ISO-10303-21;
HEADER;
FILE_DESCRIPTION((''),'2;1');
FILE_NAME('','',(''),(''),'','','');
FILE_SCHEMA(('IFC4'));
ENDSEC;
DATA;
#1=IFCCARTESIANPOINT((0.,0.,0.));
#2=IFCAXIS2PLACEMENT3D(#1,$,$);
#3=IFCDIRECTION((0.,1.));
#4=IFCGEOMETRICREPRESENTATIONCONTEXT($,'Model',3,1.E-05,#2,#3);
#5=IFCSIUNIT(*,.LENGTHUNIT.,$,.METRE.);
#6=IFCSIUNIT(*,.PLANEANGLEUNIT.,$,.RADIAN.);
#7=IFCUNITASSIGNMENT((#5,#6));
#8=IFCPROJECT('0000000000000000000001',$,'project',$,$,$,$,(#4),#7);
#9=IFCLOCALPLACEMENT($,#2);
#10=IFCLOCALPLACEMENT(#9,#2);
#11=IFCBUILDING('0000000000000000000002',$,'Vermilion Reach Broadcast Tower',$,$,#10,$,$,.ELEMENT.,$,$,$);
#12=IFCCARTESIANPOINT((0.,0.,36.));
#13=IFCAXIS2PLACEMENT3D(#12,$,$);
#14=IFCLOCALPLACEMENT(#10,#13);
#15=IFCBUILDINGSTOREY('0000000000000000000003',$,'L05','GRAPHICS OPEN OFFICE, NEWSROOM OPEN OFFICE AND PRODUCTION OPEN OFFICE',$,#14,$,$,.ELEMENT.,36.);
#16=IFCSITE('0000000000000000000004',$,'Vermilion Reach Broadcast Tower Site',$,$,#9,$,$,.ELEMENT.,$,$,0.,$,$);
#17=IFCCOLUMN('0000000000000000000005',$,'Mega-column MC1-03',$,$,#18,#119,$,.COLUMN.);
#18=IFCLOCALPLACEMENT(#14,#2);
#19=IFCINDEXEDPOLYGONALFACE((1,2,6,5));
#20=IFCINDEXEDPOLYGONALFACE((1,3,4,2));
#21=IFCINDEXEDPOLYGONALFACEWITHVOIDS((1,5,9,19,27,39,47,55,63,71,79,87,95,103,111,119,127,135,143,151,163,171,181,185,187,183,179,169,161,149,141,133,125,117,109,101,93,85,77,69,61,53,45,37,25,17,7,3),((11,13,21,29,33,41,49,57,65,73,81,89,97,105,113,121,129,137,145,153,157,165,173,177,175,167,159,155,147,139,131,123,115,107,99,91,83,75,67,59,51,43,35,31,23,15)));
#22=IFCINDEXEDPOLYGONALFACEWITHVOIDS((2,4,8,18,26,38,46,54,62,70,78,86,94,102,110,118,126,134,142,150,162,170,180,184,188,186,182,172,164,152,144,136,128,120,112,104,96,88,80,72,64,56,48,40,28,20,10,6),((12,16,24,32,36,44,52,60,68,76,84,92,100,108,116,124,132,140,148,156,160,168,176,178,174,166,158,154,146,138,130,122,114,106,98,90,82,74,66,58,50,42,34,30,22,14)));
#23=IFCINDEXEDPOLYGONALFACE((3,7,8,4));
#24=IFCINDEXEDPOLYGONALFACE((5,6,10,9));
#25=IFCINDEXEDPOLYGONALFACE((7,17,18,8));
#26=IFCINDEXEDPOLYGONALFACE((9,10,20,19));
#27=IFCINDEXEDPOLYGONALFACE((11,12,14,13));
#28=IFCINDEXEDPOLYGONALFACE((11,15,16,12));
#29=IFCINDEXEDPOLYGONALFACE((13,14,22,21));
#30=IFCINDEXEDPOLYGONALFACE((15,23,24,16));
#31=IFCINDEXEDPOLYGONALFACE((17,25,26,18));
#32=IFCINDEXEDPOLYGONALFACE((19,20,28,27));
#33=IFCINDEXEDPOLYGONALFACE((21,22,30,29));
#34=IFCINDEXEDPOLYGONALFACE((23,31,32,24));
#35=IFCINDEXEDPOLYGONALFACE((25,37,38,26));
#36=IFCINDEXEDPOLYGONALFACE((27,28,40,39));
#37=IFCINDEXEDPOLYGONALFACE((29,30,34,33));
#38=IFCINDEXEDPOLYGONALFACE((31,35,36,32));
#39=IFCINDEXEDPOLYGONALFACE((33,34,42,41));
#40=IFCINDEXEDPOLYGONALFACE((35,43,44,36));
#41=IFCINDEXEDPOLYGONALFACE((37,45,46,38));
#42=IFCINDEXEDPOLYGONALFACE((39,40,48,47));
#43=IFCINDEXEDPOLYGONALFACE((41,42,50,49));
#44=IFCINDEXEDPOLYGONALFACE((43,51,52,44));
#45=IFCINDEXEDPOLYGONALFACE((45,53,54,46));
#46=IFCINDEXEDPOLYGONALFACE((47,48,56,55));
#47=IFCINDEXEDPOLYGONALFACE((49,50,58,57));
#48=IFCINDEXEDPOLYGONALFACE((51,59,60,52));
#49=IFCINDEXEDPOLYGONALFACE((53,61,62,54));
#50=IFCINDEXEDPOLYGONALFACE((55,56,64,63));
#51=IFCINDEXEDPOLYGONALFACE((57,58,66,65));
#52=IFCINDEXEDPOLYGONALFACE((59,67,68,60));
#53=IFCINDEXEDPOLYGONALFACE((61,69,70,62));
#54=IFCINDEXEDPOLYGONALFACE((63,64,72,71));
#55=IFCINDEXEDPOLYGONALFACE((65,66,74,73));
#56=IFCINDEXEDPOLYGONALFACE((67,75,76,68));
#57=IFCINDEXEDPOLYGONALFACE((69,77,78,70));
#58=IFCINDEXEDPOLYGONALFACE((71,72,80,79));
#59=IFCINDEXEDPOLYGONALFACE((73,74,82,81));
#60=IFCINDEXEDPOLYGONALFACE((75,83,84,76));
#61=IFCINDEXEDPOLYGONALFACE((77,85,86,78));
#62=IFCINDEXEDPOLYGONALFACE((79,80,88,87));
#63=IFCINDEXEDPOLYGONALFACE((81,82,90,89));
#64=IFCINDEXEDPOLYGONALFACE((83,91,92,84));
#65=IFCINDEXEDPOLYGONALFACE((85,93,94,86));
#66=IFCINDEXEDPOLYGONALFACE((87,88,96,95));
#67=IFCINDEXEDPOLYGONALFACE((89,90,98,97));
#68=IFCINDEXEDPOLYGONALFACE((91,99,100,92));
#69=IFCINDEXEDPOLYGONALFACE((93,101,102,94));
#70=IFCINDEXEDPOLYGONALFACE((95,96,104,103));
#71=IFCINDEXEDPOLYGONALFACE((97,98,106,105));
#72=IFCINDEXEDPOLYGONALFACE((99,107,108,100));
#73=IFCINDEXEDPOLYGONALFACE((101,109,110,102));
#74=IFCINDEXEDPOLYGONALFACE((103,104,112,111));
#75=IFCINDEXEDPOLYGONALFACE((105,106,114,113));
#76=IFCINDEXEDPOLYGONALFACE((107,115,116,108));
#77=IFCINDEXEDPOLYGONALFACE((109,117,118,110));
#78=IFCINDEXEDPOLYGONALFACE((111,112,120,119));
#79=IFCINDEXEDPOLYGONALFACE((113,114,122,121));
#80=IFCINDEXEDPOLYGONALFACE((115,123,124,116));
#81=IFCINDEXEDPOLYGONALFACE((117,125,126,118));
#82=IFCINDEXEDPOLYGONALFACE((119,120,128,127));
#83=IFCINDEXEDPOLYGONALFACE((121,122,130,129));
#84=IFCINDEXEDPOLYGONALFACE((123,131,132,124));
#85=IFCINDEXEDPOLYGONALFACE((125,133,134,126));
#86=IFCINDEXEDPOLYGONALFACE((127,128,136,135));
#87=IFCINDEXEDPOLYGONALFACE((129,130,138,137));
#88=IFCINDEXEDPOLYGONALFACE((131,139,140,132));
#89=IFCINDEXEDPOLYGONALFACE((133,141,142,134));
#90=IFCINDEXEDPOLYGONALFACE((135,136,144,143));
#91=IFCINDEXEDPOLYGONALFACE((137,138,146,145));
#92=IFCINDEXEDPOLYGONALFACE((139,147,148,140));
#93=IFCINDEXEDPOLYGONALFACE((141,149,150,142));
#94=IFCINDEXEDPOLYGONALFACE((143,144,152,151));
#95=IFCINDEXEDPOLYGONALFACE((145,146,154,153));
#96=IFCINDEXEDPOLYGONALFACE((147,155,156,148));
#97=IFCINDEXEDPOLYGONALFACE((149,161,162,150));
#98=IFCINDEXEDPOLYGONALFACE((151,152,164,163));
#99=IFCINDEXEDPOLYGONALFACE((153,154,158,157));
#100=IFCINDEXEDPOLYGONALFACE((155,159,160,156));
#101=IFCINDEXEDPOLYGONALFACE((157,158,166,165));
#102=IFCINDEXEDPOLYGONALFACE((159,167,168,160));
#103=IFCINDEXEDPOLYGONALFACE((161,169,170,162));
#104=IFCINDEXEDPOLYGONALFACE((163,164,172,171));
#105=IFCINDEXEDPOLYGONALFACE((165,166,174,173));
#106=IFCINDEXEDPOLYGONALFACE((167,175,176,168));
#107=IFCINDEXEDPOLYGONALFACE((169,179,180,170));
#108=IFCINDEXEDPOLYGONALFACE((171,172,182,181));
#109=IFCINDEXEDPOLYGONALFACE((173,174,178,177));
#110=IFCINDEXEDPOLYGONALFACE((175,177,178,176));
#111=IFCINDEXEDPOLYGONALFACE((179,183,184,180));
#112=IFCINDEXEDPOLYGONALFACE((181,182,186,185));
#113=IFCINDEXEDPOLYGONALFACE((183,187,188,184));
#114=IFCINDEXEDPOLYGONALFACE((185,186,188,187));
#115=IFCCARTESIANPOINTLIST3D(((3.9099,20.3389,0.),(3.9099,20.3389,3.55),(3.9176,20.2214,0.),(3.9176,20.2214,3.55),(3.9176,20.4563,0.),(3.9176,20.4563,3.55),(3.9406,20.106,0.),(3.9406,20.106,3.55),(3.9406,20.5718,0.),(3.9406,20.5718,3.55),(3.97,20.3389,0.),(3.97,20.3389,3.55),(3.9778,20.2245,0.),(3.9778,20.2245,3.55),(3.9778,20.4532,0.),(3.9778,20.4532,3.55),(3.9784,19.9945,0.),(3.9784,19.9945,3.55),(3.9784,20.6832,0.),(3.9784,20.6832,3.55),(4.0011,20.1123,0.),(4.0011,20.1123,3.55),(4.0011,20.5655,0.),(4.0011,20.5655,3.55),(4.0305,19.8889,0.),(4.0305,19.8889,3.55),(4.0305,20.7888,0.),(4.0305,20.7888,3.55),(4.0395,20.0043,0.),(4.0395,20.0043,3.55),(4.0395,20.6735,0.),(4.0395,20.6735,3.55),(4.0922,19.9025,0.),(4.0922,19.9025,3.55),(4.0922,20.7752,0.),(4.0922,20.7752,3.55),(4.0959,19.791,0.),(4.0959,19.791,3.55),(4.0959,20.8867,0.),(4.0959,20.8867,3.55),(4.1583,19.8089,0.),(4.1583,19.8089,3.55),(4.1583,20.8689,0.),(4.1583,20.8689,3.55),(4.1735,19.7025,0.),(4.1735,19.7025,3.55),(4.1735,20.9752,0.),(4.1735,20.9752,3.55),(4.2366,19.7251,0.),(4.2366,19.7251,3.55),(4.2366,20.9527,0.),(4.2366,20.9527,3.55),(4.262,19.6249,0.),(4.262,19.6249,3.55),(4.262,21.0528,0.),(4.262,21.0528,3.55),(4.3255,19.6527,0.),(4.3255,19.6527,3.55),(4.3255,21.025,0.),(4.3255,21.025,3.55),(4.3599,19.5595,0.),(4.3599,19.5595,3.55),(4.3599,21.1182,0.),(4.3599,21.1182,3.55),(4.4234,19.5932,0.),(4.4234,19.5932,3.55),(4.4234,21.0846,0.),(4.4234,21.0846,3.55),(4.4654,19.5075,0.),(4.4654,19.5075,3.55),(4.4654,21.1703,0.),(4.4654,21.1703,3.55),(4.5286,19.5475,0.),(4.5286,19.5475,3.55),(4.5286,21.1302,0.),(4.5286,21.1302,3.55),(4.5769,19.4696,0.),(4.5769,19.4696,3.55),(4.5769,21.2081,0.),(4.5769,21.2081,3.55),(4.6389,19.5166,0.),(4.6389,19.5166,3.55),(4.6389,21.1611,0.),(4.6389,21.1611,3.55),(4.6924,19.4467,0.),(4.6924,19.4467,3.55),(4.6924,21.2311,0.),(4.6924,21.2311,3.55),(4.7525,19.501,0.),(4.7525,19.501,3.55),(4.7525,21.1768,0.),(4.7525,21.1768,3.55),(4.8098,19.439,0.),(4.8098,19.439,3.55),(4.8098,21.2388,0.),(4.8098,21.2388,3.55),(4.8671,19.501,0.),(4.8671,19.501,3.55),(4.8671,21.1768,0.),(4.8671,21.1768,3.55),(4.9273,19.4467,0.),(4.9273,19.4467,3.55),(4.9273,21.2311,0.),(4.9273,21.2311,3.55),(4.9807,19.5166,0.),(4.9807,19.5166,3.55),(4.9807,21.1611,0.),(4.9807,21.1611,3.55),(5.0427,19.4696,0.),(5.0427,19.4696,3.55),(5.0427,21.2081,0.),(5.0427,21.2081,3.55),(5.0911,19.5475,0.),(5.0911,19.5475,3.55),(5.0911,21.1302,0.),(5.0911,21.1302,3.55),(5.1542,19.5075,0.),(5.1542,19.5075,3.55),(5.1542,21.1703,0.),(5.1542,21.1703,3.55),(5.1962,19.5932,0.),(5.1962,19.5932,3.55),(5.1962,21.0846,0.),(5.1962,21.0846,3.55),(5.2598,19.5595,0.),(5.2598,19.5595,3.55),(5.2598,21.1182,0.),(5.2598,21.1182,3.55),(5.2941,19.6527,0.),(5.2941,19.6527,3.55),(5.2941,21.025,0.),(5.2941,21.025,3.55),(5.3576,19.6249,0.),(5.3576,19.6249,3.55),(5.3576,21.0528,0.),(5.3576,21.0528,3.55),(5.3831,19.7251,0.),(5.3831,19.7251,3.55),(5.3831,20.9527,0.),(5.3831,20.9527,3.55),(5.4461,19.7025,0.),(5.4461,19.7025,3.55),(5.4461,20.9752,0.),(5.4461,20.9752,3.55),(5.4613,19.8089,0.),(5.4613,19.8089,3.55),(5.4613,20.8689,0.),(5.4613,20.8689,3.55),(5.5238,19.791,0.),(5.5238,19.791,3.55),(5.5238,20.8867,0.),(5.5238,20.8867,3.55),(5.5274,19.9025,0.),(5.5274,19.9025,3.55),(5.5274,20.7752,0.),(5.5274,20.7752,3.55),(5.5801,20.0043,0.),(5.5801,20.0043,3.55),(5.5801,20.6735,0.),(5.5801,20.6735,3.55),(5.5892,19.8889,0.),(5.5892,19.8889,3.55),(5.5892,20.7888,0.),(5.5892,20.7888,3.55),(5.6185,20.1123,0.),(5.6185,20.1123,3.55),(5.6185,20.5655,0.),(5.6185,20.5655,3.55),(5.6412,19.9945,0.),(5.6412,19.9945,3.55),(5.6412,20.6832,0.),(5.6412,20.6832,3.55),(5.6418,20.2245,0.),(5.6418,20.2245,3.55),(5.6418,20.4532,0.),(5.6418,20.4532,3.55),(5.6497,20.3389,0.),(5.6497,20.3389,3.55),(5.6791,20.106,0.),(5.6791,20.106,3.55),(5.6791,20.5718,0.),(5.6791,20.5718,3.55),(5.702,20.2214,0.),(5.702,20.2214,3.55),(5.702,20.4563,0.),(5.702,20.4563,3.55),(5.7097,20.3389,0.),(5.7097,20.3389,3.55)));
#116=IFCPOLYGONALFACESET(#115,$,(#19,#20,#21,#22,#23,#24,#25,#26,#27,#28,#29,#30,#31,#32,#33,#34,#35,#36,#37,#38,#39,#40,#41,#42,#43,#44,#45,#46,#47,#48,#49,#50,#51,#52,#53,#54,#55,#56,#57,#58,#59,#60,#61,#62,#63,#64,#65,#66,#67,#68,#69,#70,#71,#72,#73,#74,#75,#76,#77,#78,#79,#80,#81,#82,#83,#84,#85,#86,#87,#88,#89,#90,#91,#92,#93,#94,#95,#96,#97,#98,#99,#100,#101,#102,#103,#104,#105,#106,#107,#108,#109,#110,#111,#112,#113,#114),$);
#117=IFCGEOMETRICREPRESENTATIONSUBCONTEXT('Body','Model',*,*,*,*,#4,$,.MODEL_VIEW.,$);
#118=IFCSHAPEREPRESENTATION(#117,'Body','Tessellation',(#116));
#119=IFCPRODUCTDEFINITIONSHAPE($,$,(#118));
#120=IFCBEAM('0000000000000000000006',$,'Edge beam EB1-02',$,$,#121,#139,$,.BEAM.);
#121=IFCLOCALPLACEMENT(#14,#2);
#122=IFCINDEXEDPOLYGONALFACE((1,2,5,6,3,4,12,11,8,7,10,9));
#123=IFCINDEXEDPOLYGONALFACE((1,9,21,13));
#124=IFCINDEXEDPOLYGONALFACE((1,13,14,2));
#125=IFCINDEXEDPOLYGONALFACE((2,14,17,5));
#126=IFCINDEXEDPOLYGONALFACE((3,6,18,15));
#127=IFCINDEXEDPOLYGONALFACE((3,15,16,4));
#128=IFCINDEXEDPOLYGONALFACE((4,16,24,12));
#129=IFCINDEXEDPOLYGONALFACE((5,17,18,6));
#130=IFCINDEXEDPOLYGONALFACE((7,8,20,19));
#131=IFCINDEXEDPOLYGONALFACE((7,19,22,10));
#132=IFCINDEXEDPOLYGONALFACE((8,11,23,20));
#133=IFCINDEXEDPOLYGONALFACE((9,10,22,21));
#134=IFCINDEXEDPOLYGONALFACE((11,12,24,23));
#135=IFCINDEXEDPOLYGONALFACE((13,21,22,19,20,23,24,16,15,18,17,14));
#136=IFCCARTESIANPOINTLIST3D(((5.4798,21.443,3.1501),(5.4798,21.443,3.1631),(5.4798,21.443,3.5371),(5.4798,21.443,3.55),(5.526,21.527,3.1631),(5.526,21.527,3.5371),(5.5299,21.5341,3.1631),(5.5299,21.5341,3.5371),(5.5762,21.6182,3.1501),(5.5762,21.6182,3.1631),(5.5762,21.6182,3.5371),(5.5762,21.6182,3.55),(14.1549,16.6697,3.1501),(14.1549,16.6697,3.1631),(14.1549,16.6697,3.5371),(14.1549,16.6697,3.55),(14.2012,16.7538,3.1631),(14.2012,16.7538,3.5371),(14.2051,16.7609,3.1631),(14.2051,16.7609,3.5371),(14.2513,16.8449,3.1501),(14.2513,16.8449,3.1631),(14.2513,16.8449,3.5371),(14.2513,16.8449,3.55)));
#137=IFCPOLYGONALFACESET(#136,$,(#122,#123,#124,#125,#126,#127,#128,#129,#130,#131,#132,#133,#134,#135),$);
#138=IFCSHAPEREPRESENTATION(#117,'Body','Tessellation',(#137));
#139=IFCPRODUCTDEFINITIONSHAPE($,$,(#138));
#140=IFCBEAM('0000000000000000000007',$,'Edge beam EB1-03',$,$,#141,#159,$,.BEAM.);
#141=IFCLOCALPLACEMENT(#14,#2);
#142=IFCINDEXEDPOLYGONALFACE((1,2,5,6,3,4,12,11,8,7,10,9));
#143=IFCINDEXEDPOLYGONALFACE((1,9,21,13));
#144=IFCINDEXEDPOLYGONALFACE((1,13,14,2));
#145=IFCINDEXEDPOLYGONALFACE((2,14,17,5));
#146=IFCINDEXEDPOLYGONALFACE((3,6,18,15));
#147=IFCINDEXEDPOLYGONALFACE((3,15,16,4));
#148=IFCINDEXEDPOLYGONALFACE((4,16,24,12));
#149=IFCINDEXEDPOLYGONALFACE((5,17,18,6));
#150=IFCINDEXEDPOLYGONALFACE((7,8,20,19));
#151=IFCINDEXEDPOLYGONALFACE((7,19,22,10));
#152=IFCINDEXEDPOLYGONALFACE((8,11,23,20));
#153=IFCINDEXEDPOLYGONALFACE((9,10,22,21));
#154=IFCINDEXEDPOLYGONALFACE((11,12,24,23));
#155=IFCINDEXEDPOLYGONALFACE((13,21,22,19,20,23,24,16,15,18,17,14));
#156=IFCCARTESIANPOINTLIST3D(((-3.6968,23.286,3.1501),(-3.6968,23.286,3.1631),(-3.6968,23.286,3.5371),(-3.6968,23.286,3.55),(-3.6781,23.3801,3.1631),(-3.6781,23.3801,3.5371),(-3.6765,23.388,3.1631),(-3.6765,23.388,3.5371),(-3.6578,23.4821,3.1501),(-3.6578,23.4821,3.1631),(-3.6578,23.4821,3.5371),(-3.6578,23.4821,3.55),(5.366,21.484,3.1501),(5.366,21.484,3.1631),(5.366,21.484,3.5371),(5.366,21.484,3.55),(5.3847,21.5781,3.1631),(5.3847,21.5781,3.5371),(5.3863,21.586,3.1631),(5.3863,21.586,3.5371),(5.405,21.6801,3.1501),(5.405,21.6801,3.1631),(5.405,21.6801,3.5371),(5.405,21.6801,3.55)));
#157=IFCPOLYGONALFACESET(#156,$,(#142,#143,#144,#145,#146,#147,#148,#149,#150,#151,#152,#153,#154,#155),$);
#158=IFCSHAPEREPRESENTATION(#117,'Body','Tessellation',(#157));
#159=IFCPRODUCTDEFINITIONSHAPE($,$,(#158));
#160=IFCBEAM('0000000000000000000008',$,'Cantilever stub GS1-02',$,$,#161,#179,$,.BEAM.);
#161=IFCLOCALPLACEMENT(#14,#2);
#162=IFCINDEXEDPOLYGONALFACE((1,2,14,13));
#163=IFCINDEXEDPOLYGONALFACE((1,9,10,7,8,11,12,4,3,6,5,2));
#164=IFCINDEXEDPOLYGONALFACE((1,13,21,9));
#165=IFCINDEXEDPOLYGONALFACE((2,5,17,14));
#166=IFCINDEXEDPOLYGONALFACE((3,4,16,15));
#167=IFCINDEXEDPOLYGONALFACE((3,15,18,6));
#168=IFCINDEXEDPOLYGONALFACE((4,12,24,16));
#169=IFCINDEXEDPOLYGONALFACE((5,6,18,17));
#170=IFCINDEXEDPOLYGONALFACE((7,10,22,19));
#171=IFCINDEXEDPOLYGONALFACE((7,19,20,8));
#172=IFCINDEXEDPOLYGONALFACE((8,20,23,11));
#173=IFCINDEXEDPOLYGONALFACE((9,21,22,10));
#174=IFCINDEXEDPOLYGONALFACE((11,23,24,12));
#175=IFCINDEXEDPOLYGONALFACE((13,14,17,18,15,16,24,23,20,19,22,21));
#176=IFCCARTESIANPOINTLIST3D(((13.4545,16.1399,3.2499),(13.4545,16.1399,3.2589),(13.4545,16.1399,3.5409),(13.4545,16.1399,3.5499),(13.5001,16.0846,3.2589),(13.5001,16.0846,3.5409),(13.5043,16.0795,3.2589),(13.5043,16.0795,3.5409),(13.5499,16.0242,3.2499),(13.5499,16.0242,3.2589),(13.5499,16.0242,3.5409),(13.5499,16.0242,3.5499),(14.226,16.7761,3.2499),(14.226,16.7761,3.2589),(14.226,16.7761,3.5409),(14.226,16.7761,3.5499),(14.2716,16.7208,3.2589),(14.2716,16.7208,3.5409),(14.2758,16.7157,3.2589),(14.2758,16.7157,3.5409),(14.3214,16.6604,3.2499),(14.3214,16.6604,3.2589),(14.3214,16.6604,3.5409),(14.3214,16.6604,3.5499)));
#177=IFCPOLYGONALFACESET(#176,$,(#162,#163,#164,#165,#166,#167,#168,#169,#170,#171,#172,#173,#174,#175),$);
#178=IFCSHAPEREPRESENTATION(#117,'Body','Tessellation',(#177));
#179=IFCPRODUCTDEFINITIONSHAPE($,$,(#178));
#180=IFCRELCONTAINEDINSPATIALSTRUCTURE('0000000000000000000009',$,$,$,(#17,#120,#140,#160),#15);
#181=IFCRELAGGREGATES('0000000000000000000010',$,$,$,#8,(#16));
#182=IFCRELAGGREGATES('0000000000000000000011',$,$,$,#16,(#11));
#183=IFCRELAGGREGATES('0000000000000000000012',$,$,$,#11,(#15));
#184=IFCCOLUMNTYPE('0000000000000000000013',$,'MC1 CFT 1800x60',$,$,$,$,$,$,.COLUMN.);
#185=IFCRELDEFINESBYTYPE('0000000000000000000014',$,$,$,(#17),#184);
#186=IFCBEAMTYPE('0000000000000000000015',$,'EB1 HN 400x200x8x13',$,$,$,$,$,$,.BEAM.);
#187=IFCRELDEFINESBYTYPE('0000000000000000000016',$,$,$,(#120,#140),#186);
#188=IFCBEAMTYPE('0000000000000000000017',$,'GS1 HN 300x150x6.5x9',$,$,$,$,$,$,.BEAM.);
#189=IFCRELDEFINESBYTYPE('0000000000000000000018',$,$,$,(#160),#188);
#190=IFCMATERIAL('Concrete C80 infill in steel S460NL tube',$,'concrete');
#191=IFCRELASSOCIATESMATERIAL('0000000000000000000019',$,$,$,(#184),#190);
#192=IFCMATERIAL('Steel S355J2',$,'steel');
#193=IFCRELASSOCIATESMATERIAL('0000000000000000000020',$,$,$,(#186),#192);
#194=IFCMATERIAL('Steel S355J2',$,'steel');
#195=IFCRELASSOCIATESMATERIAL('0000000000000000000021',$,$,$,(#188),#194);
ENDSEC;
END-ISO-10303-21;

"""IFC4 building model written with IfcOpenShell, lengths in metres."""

from ifc_helpers import new_model, si_unit, direction, frame, origin, origin_2d, place, context, subcontext, project, spatial, hollow_circle, i_section, extrude, material, material_profile, profile_set, type_object, element, save


model = new_model("IFC4")

# Units and contexts
model_context = context("Model", 3, precision=1e-05, world=origin(), true_north=direction((0.0, 1.0)))
body_context = subcontext(model_context, "Body", "Model", "MODEL_VIEW")
ifc_project = project(units=[si_unit("LENGTHUNIT", "METRE"), si_unit("PLANEANGLEUNIT", "RADIAN")], contexts=[model_context])

# Site, building, storey
site_placement = place(None, origin())
site = spatial("IfcSite", under=ifc_project, at=site_placement, Name="Vermilion Reach Broadcast Tower Site", CompositionType="ELEMENT", RefElevation=0.0)
building_placement = place(site_placement, origin())
building = spatial("IfcBuilding", under=site, at=building_placement, Name="Vermilion Reach Broadcast Tower", CompositionType="ELEMENT")
storey_placement = place(building_placement, frame((0.0, 0.0, 36.0)))
storey = spatial("IfcBuildingStorey", under=building, at=storey_placement, Name="L05", Description="GRAPHICS OPEN OFFICE, NEWSROOM OPEN OFFICE AND PRODUCTION OPEN OFFICE", CompositionType="ELEMENT", Elevation=36.0)

# Column
ifc_material_1 = material(Name="Concrete C80 infill in steel S460NL tube", Category="concrete")
ifc_material_profile_1 = material_profile(ifc_material_1, hollow_circle(Radius=0.8999, WallThickness=0.0601, at=origin_2d()), Name="Concrete C80 infill in steel S460NL tube CFT 1800x60")
ifc_profile_set_1 = profile_set([ifc_material_profile_1], Name="Concrete C80 infill in steel S460NL tube")
column_type = type_object("IfcColumnType", Name="MC1 CFT 1800x60", PredefinedType="COLUMN", material=ifc_profile_set_1)
for number, where, z_axis, x_axis, name in (
    (1, (4.8098, 20.3389, 0.0), (0.0, 0.0, 1.0), (1.0, 0.0, 0.0), "Mega-column MC1-03"),
):
    element("IfcColumn", number, at=place(storey_placement, frame(where, z_axis=z_axis, x_axis=x_axis)), inside=storey, type_object=column_type, Name=name, PredefinedType="COLUMN", context=body_context, shape_type="SweptSolid", body=[
        extrude(hollow_circle(Radius=0.8999, WallThickness=0.0601, at=origin_2d()), origin(), (0.0, 0.0, 1.0), 3.55),
    ])

# Beams
ifc_material_2 = material(Name="Steel S355J2", Category="steel")
ifc_material_profile_2 = material_profile(ifc_material_2, i_section(OverallWidth=0.2, OverallDepth=0.3999, WebThickness=0.0081, FlangeThickness=0.0129, at=origin_2d()), Name="S355J2 HN 400x200x8x13")
ifc_profile_set_2 = profile_set([ifc_material_profile_2], Name="Steel S355J2")
beam_type_1 = type_object("IfcBeamType", Name="EB1 HN 400x200x8x13", PredefinedType="BEAM", material=ifc_profile_set_2)
beam_1_placement = place(storey_placement, frame((14.2031, 16.7573, 3.3501), z_axis=(-0.876134, 0.482067, 0.0), x_axis=(-0.482067, -0.876134, 0.0)))
element("IfcBeam", 2, at=beam_1_placement, inside=storey, type_object=beam_type_1, Name="Edge beam EB1-02", PredefinedType="BEAM", context=body_context, shape_type="SweptSolid", body=[
    extrude(i_section(OverallWidth=0.2, OverallDepth=0.3999, WebThickness=0.0081, FlangeThickness=0.0129, at=origin_2d()), origin(), (0.0, 0.0, 1.0), 9.9016),
])
beam_2_placement = place(storey_placement, frame((5.3855, 21.582, 3.3501), z_axis=(-0.9808, 0.195018, 0.0), x_axis=(-0.195018, -0.9808, 0.0)))
element("IfcBeam", 3, at=beam_2_placement, inside=storey, type_object=beam_type_1, Name="Edge beam EB1-03", PredefinedType="BEAM", context=body_context, shape_type="SweptSolid", body=[
    extrude(i_section(OverallWidth=0.2, OverallDepth=0.3999, WebThickness=0.0081, FlangeThickness=0.0129, at=origin_2d()), origin(), (0.0, 0.0, 1.0), 9.2402),
])
ifc_material_3 = material(Name="Steel S355J2", Category="steel")
ifc_material_profile_3 = material_profile(ifc_material_3, i_section(OverallWidth=0.1499, OverallDepth=0.3, WebThickness=0.0066, FlangeThickness=0.009, at=origin_2d()), Name="S355J2 HN 300x150x6.5x9")
ifc_profile_set_3 = profile_set([ifc_material_profile_3], Name="Steel S355J2")
beam_type_2 = type_object("IfcBeamType", Name="GS1 HN 300x150x6.5x9", PredefinedType="BEAM", material=ifc_profile_set_3)
for number, where, z_axis, x_axis, name in (
    (4, (13.5022, 16.082, 3.3999), (0.771493, 0.636238, 0.0), (-0.636238, 0.771493, 0.0), "Cantilever stub GS1-02"),
):
    element("IfcBeam", number, at=place(storey_placement, frame(where, z_axis=z_axis, x_axis=x_axis)), inside=storey, type_object=beam_type_2, Name=name, PredefinedType="BEAM", context=body_context, shape_type="SweptSolid", body=[
        extrude(i_section(OverallWidth=0.1499, OverallDepth=0.3, WebThickness=0.0066, FlangeThickness=0.009, at=origin_2d()), origin(), (0.0, 0.0, 1.0), 1.0),
    ])

save(model, "model.ifc")
